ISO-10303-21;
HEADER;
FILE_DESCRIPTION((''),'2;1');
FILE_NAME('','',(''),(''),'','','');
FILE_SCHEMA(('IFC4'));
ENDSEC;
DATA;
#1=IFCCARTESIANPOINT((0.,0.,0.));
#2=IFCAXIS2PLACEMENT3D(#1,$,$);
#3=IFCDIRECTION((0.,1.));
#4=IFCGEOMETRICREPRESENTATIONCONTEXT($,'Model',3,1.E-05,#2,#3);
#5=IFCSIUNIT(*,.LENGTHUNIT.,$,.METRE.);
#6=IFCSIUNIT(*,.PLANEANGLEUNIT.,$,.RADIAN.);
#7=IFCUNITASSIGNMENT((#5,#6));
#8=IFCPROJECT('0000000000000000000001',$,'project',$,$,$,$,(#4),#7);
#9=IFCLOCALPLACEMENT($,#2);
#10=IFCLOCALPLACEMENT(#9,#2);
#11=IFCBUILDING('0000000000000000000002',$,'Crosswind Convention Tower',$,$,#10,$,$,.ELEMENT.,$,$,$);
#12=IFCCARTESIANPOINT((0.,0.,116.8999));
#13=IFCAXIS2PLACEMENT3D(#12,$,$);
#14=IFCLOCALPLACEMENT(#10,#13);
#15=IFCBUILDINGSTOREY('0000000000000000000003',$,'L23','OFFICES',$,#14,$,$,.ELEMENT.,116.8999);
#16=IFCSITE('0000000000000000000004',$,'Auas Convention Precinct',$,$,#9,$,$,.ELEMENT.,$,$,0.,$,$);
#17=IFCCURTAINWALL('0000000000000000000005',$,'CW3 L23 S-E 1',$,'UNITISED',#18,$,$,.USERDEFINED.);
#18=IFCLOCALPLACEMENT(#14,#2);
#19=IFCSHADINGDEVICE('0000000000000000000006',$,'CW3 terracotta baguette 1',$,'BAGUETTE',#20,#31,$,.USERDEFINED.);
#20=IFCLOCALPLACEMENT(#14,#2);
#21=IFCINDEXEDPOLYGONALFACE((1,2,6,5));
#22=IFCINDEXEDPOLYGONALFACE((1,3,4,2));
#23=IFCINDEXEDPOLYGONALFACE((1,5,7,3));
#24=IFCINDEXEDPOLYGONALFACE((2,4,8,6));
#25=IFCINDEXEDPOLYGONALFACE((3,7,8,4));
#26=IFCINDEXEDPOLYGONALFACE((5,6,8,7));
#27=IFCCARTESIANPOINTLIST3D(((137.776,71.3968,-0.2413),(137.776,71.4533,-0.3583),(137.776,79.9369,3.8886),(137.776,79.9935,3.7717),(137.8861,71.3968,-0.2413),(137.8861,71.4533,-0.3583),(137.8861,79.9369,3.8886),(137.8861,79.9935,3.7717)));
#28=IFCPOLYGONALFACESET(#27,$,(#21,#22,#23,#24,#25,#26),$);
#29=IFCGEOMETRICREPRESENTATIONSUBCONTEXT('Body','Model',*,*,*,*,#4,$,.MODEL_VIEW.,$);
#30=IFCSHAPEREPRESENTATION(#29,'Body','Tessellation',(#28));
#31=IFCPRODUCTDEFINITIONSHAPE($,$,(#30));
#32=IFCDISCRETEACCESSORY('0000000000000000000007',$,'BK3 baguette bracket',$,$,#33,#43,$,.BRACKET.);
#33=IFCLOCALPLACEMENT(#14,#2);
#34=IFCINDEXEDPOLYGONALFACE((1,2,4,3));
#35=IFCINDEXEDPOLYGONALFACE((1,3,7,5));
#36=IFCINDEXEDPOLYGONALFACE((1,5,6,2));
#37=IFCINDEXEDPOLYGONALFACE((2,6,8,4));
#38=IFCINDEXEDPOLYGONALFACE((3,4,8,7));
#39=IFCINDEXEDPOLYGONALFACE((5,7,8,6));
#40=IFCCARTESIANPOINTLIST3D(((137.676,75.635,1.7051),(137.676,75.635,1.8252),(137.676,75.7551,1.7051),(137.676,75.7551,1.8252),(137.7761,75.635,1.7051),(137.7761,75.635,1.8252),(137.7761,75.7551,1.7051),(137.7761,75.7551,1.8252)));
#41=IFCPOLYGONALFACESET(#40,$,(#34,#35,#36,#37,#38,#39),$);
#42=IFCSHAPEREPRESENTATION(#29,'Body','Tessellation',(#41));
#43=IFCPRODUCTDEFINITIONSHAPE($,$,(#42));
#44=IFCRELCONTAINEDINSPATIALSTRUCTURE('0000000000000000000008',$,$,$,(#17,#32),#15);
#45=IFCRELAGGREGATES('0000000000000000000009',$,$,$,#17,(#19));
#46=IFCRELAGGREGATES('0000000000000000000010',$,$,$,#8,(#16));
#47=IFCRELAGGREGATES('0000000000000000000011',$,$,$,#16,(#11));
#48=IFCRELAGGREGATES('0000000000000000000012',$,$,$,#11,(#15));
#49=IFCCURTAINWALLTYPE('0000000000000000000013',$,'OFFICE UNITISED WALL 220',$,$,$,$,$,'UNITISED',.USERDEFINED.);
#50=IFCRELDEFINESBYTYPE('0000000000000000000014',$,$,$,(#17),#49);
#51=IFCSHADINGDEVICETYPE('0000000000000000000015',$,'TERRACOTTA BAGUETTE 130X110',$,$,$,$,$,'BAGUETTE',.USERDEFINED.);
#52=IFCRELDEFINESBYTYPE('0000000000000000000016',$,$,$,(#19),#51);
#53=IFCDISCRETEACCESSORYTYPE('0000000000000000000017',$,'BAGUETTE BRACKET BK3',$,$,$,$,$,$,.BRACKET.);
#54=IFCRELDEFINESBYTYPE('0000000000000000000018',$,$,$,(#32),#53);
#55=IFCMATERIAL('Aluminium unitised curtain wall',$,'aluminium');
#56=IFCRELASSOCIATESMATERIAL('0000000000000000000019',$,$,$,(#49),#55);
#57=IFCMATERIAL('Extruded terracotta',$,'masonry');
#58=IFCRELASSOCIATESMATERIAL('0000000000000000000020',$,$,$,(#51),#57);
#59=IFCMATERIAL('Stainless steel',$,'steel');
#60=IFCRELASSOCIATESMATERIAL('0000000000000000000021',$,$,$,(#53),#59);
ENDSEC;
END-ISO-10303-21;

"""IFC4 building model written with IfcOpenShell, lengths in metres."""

from ifc_helpers import new_model, si_unit, direction, frame, origin, origin_2d, place, context, subcontext, project, spatial, rectangle, extrude, material, material_profile, profile_set, type_object, element, aggregate, save


model = new_model("IFC4")

# Units and contexts
model_context = context("Model", 3, precision=1e-05, world=origin(), true_north=direction((0.0, 1.0)))
body_context = subcontext(model_context, "Body", "Model", "MODEL_VIEW")
ifc_project = project(units=[si_unit("LENGTHUNIT", "METRE"), si_unit("PLANEANGLEUNIT", "RADIAN")], contexts=[model_context])

# Site, building, storey
site_placement = place(None, origin())
site = spatial("IfcSite", under=ifc_project, at=site_placement, Name="Auas Convention Precinct", CompositionType="ELEMENT", RefElevation=0.0)
building_placement = place(site_placement, origin())
building = spatial("IfcBuilding", under=site, at=building_placement, Name="Crosswind Convention Tower", CompositionType="ELEMENT")
storey_placement = place(building_placement, frame((0.0, 0.0, 116.8999)))
storey = spatial("IfcBuildingStorey", under=building, at=storey_placement, Name="L23", Description="OFFICES", CompositionType="ELEMENT", Elevation=116.8999)

# Shared definitions
ifc_material_1 = material(Name="Aluminium unitised curtain wall", Category="aluminium")

# Curtain wall
curtain_wall_type_1 = type_object("IfcCurtainWallType", Name="OFFICE UNITISED WALL 220", ElementType="UNITISED", PredefinedType="USERDEFINED", material=ifc_material_1)
curtain_wall_1_placement = place(storey_placement, origin())
curtain_wall_1 = element("IfcCurtainWall", 1, at=curtain_wall_1_placement, inside=storey, type_object=curtain_wall_type_1, Name="CW3 L23 S-E 1", ObjectType="UNITISED", PredefinedType="USERDEFINED")

# Shading device
ifc_material_2 = material(Name="Extruded terracotta", Category="masonry")
ifc_material_profile_1 = material_profile(ifc_material_2, rectangle(XDim=0.1101, YDim=0.1299, at=origin_2d()), Name="TC 110X130")
ifc_profile_set_1 = profile_set([ifc_material_profile_1], Name="Extruded terracotta")
shading_device_type = type_object("IfcShadingDeviceType", Name="TERRACOTTA BAGUETTE 130X110", ElementType="BAGUETTE", PredefinedType="USERDEFINED", material=ifc_profile_set_1)
shading_device_1_placement = place(storey_placement, frame((137.8311, 71.425, -0.2998), z_axis=(0.0, 0.900258, 0.435356), x_axis=(-1.0, 0.0, 0.0)))
shading_device_1 = element("IfcShadingDevice", 2, at=shading_device_1_placement, type_object=shading_device_type, Name="CW3 terracotta baguette 1", ObjectType="BAGUETTE", PredefinedType="USERDEFINED", context=body_context, shape_type="SweptSolid", body=[
    extrude(rectangle(XDim=0.1101, YDim=0.1299, at=origin_2d()), origin(), (0.0, 0.0, 1.0), 9.4863),
])
aggregate(curtain_wall_1, [shading_device_1])

# Discrete accessory
ifc_material_3 = material(Name="Stainless steel", Category="steel")
discrete_accessory_type = type_object("IfcDiscreteAccessoryType", Name="BAGUETTE BRACKET BK3", PredefinedType="BRACKET", material=ifc_material_3)
discrete_accessory_placement = place(storey_placement, frame((137.7261, 75.6951, 1.7051), z_axis=(0.0, 0.0, 1.0), x_axis=(0.0, 1.0, 0.0)))
element("IfcDiscreteAccessory", 3, at=discrete_accessory_placement, inside=storey, type_object=discrete_accessory_type, Name="BK3 baguette bracket", PredefinedType="BRACKET", context=body_context, shape_type="SweptSolid", body=[
    extrude(rectangle(XDim=0.1201, YDim=0.1001, at=origin_2d()), origin(), (0.0, 0.0, 1.0), 0.1201),
])

save(model, "model.ifc")
